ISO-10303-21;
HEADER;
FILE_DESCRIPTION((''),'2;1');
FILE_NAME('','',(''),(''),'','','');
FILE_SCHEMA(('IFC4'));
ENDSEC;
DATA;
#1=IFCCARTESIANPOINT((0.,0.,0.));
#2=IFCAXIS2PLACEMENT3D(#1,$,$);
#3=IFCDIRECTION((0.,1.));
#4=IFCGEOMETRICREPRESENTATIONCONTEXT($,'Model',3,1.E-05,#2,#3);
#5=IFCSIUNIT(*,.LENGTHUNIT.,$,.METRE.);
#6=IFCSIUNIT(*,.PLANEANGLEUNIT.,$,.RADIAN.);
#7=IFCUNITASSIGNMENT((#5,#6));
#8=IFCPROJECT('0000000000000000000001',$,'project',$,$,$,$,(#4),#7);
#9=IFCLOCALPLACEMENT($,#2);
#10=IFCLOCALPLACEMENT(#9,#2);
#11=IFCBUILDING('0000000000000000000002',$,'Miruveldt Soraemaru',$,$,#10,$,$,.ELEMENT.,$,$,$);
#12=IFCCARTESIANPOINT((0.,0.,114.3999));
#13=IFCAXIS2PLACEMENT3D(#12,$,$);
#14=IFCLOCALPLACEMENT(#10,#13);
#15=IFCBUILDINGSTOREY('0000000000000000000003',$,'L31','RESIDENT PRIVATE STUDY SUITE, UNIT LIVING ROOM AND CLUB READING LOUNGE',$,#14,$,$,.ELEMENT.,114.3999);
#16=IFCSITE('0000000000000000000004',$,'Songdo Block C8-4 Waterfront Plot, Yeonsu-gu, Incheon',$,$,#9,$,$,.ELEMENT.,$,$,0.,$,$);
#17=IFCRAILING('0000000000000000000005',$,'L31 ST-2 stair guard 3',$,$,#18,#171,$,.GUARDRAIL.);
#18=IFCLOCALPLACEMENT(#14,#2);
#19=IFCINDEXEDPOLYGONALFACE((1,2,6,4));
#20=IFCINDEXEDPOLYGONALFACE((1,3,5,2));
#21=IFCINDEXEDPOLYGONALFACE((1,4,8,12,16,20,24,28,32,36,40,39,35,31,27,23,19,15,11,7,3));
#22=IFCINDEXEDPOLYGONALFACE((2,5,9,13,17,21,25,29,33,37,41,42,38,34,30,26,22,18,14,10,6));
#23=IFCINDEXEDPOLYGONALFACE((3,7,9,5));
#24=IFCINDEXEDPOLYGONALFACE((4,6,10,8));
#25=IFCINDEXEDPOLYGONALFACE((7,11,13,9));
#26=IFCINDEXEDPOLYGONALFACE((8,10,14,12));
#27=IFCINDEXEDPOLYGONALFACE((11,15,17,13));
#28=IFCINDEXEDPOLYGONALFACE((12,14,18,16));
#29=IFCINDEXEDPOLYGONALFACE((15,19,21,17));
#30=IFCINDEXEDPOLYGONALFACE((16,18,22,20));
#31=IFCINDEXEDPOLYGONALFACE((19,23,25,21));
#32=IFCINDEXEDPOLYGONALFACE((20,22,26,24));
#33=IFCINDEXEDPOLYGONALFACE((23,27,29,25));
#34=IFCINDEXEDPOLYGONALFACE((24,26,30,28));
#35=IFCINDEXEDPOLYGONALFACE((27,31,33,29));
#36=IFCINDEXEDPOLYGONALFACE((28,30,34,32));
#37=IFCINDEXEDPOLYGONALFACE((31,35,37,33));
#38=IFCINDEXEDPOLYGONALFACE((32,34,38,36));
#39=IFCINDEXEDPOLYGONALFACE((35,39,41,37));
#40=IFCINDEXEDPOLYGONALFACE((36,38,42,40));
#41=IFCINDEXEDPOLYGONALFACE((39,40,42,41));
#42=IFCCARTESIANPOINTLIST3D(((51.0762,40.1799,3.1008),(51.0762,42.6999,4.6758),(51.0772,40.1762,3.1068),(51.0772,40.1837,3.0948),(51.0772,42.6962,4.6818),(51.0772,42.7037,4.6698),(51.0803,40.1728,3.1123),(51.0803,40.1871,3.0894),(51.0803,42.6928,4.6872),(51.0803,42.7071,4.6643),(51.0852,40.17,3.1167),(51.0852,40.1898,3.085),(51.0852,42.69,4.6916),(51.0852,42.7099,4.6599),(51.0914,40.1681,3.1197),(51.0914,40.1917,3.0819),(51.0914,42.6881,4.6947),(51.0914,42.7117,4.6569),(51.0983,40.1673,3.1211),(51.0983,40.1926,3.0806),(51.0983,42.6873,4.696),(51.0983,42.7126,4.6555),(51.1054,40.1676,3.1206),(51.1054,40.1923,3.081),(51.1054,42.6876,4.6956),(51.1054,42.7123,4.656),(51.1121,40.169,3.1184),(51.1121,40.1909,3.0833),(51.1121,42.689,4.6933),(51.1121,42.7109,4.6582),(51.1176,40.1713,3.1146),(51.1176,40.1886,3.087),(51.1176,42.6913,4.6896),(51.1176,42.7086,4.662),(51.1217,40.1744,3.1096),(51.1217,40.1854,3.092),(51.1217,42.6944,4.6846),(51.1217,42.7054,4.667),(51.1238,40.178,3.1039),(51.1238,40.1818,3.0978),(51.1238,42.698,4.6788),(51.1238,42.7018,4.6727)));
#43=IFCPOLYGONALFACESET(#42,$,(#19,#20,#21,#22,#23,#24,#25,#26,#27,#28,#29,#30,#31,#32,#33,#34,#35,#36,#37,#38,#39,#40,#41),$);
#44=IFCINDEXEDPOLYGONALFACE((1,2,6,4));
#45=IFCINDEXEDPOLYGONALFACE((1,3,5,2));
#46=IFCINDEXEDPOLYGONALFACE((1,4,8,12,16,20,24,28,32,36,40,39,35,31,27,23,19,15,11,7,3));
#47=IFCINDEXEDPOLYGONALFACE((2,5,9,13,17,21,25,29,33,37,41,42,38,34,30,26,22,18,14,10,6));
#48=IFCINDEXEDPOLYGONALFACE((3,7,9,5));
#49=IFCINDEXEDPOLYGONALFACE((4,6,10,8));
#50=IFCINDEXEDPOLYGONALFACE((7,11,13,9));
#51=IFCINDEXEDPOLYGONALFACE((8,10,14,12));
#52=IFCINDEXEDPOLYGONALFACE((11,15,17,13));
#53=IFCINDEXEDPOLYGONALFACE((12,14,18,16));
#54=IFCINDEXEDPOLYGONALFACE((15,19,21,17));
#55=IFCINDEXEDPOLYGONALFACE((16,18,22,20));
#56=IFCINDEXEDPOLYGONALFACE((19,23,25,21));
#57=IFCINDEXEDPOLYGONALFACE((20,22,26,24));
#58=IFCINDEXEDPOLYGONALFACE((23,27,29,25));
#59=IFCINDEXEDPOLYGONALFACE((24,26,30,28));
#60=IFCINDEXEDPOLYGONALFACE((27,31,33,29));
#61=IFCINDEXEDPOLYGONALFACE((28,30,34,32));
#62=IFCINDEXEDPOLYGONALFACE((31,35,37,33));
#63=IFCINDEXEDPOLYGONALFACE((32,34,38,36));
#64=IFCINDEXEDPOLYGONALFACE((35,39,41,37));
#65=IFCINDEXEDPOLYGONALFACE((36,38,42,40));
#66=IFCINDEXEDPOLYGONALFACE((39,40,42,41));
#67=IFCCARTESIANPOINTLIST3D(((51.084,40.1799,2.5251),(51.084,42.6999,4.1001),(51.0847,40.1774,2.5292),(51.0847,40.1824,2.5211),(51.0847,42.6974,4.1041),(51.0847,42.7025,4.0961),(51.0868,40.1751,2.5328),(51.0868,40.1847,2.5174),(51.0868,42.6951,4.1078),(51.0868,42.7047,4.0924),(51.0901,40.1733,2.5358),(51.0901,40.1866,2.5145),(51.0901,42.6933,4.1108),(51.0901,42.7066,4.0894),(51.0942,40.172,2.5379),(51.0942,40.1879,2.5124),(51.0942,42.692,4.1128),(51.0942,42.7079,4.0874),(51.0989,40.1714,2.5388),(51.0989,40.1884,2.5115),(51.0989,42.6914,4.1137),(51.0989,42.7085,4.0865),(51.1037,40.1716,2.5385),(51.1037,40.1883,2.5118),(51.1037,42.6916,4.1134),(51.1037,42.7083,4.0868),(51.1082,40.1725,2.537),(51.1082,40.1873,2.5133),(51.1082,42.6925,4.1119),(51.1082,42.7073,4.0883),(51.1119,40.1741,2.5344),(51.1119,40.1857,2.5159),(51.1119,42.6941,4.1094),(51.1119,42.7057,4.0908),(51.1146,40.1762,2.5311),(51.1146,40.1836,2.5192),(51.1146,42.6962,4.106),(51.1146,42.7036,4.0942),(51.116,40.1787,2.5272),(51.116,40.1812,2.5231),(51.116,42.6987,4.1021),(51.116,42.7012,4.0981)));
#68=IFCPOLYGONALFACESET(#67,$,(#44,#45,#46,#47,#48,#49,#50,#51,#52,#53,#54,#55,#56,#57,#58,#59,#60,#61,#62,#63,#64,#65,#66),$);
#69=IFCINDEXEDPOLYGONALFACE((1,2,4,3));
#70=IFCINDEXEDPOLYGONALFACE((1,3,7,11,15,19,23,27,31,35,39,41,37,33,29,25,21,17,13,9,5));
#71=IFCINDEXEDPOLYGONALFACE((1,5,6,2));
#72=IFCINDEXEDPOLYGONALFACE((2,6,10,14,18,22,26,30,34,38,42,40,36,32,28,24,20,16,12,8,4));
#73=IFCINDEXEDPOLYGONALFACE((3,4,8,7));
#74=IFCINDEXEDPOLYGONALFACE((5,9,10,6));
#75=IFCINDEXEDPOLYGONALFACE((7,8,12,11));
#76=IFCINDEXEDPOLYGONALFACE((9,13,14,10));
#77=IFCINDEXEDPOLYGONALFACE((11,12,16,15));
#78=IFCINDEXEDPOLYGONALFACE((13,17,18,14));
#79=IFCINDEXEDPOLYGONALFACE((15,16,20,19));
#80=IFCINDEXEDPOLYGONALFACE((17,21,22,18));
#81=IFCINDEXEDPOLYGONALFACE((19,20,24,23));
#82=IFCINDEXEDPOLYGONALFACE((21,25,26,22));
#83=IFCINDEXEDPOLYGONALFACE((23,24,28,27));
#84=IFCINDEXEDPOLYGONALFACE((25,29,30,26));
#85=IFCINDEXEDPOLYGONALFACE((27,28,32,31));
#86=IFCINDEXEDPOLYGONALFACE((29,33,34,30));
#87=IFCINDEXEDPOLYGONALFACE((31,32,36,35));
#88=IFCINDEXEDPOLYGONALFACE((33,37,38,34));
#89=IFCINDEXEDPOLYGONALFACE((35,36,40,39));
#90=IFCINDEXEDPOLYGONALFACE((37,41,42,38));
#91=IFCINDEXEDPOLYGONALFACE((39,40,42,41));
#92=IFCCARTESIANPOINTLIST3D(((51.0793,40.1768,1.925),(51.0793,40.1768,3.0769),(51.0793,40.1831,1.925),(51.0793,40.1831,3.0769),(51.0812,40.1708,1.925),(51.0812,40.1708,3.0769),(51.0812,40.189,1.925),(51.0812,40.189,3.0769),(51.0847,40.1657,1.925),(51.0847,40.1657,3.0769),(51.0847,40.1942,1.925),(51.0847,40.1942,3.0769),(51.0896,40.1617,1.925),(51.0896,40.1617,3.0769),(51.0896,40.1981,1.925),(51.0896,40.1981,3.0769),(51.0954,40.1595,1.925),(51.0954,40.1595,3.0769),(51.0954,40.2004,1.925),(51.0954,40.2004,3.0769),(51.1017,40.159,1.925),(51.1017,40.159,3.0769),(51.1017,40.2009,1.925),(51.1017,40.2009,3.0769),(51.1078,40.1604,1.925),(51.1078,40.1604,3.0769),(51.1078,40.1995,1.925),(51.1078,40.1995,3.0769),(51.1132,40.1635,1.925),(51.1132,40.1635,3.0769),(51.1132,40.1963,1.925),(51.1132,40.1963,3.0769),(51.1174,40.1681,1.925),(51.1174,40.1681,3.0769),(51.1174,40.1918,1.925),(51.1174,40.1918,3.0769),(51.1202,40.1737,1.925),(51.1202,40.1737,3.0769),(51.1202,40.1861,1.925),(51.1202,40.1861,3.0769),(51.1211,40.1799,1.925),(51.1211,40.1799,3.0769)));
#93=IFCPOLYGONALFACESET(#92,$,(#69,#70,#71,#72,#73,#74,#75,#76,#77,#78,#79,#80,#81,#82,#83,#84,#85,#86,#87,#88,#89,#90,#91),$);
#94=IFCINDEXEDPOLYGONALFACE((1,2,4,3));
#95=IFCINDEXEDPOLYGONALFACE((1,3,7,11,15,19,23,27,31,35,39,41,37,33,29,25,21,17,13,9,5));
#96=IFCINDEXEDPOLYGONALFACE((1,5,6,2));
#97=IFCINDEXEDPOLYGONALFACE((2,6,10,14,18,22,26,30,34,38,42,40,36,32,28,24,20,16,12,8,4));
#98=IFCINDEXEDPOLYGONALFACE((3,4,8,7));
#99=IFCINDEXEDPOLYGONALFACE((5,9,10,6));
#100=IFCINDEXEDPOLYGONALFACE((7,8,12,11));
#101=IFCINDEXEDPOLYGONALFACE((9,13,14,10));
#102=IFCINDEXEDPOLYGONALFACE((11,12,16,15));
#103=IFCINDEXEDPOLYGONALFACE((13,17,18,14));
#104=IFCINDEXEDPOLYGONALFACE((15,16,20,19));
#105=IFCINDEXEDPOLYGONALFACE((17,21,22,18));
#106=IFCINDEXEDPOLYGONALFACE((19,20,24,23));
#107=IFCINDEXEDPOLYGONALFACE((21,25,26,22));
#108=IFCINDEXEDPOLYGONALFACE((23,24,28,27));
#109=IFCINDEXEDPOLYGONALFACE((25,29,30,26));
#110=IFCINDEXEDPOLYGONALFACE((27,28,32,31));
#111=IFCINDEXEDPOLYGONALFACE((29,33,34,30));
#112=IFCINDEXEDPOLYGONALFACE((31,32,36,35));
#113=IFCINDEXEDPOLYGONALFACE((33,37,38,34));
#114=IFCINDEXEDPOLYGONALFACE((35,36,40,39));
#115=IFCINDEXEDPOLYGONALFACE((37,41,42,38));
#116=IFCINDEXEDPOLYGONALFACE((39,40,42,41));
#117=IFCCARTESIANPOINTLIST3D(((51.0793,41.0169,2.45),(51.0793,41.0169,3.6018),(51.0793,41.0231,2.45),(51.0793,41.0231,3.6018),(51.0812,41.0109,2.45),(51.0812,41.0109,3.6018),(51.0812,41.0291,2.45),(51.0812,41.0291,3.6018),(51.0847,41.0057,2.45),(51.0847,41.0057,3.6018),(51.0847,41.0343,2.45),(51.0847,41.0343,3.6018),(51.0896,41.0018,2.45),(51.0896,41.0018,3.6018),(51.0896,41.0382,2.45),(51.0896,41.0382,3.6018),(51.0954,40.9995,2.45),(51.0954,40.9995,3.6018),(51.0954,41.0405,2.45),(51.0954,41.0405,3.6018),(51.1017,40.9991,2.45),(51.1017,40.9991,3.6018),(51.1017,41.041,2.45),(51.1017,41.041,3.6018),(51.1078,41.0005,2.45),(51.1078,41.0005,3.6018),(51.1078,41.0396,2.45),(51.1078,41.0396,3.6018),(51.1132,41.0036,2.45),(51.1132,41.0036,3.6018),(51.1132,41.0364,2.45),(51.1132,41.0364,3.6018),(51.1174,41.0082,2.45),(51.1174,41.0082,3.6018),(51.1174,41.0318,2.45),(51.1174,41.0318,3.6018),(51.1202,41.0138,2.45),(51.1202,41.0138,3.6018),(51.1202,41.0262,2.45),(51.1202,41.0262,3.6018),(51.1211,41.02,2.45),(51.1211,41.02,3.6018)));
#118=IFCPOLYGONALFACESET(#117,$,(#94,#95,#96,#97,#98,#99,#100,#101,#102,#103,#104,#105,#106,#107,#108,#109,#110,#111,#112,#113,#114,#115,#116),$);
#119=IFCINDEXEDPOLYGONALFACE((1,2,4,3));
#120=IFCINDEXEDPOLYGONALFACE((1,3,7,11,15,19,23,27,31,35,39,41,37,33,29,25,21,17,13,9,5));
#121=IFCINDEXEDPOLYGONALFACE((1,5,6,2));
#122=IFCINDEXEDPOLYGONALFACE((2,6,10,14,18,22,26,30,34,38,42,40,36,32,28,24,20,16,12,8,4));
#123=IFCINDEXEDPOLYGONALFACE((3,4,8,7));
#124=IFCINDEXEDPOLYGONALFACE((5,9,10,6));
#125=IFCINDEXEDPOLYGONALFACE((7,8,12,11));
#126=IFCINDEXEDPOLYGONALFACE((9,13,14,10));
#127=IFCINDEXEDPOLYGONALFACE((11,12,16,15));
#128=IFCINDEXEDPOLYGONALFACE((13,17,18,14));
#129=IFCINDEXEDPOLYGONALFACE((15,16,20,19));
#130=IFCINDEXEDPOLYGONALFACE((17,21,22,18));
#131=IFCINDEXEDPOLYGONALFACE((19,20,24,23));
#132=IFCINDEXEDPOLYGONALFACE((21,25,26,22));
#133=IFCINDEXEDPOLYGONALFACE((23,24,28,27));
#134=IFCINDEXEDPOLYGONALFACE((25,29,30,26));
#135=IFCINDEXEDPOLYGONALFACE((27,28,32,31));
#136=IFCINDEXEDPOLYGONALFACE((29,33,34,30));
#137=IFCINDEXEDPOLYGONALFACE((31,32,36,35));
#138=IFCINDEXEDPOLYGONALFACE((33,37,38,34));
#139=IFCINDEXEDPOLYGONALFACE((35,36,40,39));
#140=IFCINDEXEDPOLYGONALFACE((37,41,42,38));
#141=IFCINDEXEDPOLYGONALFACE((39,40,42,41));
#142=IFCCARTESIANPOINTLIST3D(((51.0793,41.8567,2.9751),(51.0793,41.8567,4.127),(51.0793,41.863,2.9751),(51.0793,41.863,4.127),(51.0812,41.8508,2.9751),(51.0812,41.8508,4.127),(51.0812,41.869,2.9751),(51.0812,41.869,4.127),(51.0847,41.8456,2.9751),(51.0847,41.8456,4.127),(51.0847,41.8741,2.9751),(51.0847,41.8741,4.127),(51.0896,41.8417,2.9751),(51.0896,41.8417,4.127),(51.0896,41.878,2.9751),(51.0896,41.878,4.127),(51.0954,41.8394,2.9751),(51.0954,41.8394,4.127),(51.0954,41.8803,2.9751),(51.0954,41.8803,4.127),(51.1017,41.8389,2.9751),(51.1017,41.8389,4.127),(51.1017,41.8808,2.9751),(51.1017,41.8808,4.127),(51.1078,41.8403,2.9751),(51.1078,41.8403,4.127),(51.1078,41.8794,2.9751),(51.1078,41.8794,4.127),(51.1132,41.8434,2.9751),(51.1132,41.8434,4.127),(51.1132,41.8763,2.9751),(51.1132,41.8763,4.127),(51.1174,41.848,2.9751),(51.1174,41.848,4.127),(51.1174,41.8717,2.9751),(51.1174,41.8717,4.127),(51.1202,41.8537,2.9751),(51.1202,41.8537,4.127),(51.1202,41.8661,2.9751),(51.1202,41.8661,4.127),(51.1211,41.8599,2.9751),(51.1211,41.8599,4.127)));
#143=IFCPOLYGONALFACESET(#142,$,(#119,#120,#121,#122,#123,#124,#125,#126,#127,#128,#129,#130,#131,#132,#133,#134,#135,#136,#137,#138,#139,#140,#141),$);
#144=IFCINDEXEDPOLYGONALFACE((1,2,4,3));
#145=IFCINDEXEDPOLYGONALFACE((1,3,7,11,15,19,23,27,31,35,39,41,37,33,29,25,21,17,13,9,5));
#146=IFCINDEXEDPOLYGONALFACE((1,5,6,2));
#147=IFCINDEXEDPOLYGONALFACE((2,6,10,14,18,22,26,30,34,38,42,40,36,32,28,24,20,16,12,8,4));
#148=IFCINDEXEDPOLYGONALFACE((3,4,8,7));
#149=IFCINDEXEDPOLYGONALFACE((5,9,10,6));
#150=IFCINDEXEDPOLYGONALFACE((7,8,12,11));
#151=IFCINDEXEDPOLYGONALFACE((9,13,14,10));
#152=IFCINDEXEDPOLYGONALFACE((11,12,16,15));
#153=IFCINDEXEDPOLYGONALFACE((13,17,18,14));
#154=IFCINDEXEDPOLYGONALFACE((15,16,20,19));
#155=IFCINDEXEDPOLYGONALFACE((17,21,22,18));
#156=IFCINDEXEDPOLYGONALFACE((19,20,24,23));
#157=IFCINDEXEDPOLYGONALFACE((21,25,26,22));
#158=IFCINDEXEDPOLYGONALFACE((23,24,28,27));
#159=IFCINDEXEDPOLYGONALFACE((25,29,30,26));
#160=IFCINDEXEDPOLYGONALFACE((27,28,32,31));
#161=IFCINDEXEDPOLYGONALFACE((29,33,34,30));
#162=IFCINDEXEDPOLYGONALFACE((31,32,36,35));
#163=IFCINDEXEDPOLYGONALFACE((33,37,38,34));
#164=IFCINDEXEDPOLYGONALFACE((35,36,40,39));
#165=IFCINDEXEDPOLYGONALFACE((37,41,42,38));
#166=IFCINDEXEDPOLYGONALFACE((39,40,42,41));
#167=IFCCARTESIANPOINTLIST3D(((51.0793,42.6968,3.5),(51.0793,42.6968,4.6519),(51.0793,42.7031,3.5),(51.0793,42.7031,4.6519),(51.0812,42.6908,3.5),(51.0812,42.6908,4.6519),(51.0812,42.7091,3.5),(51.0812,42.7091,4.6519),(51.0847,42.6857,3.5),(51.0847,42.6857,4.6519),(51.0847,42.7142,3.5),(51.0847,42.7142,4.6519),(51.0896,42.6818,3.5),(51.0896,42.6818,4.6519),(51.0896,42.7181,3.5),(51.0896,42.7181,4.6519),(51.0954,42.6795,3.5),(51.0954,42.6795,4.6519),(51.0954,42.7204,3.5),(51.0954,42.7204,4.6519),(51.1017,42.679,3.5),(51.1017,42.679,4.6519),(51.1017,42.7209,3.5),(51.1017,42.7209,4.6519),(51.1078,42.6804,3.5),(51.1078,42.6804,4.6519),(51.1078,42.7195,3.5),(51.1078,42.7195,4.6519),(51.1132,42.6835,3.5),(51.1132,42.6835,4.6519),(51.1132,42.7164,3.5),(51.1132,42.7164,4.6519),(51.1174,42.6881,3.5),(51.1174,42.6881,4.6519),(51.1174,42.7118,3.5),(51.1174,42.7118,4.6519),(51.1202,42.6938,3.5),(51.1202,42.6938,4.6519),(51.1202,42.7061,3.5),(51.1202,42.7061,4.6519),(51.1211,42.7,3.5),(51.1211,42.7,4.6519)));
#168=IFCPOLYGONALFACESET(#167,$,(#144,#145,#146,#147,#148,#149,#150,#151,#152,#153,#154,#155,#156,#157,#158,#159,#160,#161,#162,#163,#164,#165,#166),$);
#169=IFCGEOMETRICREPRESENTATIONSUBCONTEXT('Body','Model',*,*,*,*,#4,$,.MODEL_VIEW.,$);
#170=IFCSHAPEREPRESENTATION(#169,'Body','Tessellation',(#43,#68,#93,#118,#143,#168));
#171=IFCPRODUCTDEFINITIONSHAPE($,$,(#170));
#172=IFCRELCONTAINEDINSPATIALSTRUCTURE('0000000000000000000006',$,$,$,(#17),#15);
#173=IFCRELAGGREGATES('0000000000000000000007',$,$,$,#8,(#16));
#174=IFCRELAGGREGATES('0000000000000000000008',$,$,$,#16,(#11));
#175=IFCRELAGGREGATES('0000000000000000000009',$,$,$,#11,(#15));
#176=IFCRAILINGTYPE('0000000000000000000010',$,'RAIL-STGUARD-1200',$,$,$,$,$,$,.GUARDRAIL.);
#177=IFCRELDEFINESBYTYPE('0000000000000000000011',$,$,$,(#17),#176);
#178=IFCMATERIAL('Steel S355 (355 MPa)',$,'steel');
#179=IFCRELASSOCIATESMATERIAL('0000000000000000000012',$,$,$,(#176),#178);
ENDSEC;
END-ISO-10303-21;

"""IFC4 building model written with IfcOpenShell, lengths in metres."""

from ifc_helpers import new_model, si_unit, direction, frame, origin, origin_2d, place, context, subcontext, project, spatial, circle, extrude, material, type_object, element, save


model = new_model("IFC4")

# Units and contexts
model_context = context("Model", 3, precision=1e-05, world=origin(), true_north=direction((0.0, 1.0)))
body_context = subcontext(model_context, "Body", "Model", "MODEL_VIEW")
ifc_project = project(units=[si_unit("LENGTHUNIT", "METRE"), si_unit("PLANEANGLEUNIT", "RADIAN")], contexts=[model_context])

# Site, building, storey
site_placement = place(None, origin())
site = spatial("IfcSite", under=ifc_project, at=site_placement, Name="Songdo Block C8-4 Waterfront Plot, Yeonsu-gu, Incheon", CompositionType="ELEMENT", RefElevation=0.0)
building_placement = place(site_placement, origin())
building = spatial("IfcBuilding", under=site, at=building_placement, Name="Miruveldt Soraemaru", CompositionType="ELEMENT")
storey_placement = place(building_placement, frame((0.0, 0.0, 114.3999)))
storey = spatial("IfcBuildingStorey", under=building, at=storey_placement, Name="L31", Description="RESIDENT PRIVATE STUDY SUITE, UNIT LIVING ROOM AND CLUB READING LOUNGE", CompositionType="ELEMENT", Elevation=114.3999)

# Railing
ifc_material_1 = material(Name="Steel S355 (355 MPa)", Category="steel")
railing_type_1 = type_object("IfcRailingType", Name="RAIL-STGUARD-1200", PredefinedType="GUARDRAIL", material=ifc_material_1)
railing_1_placement = place(storey_placement, frame((51.1001, 40.1799, 1.925)))
element("IfcRailing", 1, at=railing_1_placement, inside=storey, type_object=railing_type_1, Name="L31 ST-2 stair guard 3", PredefinedType="GUARDRAIL", context=body_context, shape_type="SweptSolid", body=[
    extrude(circle(Radius=0.0239, at=origin_2d()), frame((0.0, 0.0, 1.1758), z_axis=(0.0, 0.848008, 0.529984), x_axis=(-1.0, 0.0, 0.0)), (0.0, 0.0, 1.0), 2.9717),
    extrude(circle(Radius=0.0161, at=origin_2d()), frame((0.0, 0.0, 0.6001), z_axis=(0.0, 0.848008, 0.529984), x_axis=(-1.0, 0.0, 0.0)), (0.0, 0.0, 1.0), 2.9717),
    extrude(circle(Radius=0.021, at=origin_2d()), origin(), (0.0, 0.0, 1.0), 1.1519),
    extrude(circle(Radius=0.021, at=origin_2d()), frame((0.0, 0.8401, 0.5249)), (0.0, 0.0, 1.0), 1.1519),
    extrude(circle(Radius=0.021, at=origin_2d()), frame((0.0, 1.6799, 1.05)), (0.0, 0.0, 1.0), 1.1519),
    extrude(circle(Radius=0.021, at=origin_2d()), frame((0.0, 2.52, 1.575)), (0.0, 0.0, 1.0), 1.1519),
])

save(model, "model.ifc")
